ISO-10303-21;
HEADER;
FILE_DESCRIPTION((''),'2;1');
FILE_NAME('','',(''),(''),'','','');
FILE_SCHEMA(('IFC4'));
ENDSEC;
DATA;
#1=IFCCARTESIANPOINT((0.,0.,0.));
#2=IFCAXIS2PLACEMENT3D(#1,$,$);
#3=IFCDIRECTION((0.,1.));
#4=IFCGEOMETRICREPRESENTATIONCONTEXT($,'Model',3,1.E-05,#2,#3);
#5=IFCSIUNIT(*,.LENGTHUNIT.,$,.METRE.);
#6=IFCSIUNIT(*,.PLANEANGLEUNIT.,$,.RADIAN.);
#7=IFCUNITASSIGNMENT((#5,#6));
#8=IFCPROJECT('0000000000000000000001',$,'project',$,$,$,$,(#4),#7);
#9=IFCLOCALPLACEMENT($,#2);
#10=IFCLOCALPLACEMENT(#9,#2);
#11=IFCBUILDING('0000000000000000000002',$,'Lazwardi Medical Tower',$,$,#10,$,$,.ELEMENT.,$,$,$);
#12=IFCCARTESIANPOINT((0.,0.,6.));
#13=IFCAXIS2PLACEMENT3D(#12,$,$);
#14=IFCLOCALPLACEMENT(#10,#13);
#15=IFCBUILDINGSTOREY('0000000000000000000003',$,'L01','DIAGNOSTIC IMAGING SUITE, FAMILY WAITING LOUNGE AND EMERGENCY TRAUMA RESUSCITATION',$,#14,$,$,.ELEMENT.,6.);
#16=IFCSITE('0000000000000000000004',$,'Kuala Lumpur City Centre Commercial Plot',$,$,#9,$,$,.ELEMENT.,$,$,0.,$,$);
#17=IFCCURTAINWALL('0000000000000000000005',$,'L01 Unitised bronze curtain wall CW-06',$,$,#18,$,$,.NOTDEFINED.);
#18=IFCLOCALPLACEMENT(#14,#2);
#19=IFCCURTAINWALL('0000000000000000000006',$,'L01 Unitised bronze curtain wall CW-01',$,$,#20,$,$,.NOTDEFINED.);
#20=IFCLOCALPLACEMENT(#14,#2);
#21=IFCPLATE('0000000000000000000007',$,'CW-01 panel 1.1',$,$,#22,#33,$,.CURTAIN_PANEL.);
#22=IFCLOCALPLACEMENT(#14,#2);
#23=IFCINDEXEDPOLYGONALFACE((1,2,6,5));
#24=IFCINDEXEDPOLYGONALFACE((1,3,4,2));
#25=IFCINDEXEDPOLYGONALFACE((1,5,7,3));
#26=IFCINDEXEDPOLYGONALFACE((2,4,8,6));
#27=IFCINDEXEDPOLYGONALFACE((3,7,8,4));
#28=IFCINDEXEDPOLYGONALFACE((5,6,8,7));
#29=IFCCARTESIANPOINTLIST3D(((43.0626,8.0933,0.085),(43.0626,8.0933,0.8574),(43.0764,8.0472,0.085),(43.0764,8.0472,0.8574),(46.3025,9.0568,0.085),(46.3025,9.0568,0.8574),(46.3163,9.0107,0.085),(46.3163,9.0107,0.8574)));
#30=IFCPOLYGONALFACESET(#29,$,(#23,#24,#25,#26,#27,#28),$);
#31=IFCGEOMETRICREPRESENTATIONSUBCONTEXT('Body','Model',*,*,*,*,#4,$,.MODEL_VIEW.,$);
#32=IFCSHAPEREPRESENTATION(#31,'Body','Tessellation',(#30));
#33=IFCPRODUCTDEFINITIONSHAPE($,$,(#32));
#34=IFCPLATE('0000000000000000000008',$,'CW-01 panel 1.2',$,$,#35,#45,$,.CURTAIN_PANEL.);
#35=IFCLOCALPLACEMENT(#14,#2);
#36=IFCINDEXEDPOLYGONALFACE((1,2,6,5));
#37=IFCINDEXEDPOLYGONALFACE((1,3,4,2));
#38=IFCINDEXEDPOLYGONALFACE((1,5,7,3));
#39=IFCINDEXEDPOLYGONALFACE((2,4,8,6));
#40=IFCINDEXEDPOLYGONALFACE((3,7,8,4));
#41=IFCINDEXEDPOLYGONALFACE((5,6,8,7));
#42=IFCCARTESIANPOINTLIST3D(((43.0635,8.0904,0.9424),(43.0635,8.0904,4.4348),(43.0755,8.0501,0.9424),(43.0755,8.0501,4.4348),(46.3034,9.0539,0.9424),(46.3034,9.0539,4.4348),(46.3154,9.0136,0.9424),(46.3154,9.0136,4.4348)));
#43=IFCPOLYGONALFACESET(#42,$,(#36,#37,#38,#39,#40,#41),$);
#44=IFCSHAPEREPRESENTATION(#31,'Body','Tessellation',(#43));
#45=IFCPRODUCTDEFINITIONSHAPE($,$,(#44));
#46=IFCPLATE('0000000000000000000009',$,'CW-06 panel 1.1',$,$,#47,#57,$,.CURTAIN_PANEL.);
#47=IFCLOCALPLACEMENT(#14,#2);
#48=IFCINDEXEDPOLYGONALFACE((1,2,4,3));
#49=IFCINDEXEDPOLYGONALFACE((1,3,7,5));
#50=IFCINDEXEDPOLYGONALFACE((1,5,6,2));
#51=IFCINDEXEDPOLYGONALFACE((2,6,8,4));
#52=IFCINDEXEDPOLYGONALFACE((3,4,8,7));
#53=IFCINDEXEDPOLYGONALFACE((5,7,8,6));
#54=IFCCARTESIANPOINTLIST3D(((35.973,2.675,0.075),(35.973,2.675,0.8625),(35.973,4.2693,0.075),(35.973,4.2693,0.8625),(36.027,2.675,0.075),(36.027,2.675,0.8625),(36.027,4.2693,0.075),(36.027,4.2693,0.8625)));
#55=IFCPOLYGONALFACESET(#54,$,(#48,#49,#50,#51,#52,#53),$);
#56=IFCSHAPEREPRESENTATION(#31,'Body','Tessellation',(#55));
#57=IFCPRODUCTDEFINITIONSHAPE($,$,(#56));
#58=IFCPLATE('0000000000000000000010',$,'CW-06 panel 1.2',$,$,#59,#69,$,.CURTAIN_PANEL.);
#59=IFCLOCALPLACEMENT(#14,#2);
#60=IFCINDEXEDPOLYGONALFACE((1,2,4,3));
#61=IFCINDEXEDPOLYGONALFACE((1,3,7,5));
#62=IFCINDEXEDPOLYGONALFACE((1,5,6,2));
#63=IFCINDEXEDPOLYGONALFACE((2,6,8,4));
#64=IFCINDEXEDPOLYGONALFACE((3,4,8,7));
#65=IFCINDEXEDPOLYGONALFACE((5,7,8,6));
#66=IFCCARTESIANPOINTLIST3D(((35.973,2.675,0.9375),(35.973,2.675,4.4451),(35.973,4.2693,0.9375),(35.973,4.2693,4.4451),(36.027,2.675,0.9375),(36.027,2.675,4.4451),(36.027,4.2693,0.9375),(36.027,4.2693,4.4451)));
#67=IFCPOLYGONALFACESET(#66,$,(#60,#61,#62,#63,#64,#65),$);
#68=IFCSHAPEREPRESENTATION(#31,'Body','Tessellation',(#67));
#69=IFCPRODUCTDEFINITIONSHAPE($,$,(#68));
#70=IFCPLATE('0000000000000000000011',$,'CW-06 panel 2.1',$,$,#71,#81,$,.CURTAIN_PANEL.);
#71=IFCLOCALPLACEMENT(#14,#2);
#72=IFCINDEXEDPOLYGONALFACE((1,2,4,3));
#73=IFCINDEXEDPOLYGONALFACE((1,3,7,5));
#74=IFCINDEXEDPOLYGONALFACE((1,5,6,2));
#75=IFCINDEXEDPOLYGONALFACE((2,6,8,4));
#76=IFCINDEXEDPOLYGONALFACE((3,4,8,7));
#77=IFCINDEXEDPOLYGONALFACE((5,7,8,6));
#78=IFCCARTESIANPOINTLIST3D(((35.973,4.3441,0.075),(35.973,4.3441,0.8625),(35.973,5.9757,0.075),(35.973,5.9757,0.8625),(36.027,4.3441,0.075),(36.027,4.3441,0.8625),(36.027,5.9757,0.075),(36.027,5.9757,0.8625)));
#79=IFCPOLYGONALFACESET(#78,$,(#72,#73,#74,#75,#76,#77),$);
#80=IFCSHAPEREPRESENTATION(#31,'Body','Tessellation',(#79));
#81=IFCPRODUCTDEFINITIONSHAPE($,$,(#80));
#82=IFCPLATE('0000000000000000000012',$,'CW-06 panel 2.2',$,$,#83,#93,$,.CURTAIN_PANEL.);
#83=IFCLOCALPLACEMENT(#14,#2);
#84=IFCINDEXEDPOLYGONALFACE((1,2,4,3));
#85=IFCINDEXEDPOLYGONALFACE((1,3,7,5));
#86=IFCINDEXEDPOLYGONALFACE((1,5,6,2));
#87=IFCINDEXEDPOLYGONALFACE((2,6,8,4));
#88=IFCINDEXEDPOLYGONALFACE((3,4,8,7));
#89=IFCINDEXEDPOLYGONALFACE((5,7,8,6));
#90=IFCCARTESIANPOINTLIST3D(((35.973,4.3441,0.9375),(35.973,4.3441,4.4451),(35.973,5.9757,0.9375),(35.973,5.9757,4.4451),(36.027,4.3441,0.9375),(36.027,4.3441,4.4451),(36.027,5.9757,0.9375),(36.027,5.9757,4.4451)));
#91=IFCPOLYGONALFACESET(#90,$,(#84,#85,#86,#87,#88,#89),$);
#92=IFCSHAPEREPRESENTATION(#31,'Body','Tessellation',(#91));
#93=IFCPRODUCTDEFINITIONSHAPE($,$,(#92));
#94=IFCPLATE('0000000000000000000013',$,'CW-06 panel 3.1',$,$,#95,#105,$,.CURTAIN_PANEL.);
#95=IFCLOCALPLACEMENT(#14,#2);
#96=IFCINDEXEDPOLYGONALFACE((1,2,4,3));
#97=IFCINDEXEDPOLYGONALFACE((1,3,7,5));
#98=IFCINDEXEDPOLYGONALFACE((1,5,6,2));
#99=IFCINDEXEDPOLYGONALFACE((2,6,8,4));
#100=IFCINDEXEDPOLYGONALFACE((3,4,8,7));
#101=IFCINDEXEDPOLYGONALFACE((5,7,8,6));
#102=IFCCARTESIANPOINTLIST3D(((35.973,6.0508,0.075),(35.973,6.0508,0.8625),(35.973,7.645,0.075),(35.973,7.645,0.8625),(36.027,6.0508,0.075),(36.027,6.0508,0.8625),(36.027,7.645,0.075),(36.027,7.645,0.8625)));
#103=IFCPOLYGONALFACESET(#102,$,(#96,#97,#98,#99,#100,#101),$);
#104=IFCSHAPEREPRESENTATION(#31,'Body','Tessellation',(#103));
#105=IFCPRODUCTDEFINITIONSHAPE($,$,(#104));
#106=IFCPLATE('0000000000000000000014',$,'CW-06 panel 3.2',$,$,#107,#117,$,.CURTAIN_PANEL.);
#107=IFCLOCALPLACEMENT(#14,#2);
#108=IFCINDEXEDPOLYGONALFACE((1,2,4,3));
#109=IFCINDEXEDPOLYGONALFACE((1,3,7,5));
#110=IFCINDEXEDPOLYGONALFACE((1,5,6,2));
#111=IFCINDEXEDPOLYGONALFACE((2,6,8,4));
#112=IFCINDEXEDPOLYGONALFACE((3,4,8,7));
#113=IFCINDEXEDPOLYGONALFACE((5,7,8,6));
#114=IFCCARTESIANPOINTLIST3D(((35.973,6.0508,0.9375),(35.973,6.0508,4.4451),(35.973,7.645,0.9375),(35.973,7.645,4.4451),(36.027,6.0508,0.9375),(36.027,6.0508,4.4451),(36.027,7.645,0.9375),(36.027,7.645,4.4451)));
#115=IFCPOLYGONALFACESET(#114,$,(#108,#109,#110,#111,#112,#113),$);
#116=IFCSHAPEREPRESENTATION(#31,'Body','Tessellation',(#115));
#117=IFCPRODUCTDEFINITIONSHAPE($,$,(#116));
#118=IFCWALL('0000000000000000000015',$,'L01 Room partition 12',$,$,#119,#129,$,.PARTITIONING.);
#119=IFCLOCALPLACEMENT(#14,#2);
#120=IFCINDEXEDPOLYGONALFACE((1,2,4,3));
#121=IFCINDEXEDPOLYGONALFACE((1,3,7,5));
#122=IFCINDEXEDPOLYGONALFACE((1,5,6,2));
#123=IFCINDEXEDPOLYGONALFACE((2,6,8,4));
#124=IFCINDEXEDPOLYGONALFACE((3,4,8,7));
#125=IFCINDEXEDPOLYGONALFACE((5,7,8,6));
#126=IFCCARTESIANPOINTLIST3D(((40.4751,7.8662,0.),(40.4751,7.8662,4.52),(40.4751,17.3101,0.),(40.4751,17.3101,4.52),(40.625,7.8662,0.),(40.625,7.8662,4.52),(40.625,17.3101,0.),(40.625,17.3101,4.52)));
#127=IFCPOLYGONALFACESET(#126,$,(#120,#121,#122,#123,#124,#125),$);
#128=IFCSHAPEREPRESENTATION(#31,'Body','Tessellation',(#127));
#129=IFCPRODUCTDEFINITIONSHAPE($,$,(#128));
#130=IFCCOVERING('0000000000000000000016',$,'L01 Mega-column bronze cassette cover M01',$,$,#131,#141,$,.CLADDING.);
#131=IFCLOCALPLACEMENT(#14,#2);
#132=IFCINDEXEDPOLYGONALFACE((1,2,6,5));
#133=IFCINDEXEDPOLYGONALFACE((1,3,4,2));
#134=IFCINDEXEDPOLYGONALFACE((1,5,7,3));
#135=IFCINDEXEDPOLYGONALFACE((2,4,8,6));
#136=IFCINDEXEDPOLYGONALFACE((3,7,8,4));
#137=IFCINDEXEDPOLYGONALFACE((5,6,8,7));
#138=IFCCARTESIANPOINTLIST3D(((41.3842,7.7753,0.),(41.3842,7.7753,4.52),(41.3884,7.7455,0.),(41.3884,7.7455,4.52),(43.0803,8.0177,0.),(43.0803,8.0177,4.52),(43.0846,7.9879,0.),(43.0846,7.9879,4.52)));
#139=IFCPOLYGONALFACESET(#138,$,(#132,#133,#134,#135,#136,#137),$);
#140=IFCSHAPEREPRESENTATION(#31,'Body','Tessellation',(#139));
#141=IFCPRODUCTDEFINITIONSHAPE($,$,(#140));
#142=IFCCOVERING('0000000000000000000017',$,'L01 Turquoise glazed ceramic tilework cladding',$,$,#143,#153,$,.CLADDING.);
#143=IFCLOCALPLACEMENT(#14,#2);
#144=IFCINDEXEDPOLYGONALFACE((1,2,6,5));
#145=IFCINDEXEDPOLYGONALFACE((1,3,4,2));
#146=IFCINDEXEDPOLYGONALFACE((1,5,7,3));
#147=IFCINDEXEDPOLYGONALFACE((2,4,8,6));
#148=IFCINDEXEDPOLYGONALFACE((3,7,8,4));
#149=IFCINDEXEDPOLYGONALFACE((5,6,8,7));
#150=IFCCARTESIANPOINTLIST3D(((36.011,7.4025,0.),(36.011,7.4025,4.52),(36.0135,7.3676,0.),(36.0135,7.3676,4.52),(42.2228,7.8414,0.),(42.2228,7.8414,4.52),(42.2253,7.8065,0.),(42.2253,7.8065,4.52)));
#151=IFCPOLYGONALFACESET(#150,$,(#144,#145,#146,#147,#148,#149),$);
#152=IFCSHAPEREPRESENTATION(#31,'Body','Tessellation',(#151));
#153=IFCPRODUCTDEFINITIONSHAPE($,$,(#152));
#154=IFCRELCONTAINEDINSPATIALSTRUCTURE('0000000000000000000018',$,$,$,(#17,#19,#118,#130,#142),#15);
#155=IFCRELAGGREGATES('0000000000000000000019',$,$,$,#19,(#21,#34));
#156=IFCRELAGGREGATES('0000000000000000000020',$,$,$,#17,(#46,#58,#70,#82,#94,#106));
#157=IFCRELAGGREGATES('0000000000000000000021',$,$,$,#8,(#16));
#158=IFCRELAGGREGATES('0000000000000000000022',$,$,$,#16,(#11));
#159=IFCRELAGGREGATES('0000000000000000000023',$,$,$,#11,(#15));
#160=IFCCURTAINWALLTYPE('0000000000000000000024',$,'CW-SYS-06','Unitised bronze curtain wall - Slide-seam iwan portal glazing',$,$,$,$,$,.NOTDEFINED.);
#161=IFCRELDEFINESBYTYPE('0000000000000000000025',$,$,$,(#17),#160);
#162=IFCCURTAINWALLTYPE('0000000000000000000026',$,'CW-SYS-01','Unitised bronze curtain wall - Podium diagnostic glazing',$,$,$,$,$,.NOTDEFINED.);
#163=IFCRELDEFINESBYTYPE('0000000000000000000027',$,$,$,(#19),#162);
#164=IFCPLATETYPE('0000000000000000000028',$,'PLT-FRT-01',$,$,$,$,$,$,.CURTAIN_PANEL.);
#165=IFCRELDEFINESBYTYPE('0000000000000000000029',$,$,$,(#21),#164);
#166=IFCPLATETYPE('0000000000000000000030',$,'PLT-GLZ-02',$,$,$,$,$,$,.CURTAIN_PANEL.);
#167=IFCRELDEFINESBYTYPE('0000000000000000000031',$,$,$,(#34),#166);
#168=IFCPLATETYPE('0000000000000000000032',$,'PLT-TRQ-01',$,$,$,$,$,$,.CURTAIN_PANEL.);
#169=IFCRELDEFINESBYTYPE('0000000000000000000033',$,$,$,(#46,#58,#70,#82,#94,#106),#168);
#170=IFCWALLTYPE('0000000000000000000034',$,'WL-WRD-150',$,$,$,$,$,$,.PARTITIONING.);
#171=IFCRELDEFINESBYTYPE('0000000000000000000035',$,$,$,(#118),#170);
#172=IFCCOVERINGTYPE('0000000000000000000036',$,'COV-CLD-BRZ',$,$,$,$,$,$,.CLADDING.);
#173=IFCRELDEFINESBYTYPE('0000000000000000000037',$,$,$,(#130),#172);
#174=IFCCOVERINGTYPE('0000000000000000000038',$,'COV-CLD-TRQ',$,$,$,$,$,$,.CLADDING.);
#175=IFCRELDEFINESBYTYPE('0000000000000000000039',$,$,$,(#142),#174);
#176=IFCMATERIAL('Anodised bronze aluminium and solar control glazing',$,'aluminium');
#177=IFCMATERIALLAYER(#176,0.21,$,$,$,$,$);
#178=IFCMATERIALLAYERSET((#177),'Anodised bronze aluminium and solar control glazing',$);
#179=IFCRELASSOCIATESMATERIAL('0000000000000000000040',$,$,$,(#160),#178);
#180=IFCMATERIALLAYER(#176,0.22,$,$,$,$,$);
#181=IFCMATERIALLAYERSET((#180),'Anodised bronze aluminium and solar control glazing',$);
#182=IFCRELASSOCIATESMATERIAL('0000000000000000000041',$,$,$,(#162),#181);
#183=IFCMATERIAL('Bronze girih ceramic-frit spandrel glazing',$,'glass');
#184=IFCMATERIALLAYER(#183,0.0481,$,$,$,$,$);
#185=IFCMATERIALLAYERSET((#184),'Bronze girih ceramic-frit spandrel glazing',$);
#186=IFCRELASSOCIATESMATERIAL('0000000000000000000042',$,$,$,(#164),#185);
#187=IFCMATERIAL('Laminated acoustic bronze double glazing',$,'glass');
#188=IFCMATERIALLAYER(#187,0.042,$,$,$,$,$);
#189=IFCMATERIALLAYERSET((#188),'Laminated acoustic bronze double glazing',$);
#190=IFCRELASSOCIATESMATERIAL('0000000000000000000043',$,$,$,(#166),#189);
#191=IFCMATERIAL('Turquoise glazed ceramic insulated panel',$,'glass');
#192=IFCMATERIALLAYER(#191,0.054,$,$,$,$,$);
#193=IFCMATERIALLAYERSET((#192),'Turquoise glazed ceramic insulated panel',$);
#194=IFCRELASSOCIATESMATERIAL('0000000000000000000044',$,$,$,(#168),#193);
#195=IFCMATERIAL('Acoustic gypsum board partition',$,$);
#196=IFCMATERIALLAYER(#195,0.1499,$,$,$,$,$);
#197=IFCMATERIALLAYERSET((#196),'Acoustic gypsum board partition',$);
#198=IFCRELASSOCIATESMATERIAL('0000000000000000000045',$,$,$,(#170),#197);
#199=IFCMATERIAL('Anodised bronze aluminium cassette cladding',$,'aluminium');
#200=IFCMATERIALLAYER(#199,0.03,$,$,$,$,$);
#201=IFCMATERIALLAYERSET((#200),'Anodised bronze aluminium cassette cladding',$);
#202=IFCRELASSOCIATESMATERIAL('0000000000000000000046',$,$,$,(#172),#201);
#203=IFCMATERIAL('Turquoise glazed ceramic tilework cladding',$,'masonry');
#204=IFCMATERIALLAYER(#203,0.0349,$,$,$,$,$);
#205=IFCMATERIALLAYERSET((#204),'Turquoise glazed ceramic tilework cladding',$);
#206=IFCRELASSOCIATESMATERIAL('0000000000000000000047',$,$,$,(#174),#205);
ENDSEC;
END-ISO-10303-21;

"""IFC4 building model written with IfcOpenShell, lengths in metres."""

from ifc_helpers import new_model, si_unit, direction, frame, frame_2d, origin, origin_2d, place, context, subcontext, project, spatial, rectangle, extrude, material, layer, layer_set, type_object, element, aggregate, save


model = new_model("IFC4")

# Units and contexts
model_context = context("Model", 3, precision=1e-05, world=origin(), true_north=direction((0.0, 1.0)))
body_context = subcontext(model_context, "Body", "Model", "MODEL_VIEW")
ifc_project = project(units=[si_unit("LENGTHUNIT", "METRE"), si_unit("PLANEANGLEUNIT", "RADIAN")], contexts=[model_context])

# Site, building, storey
site_placement = place(None, origin())
site = spatial("IfcSite", under=ifc_project, at=site_placement, Name="Kuala Lumpur City Centre Commercial Plot", CompositionType="ELEMENT", RefElevation=0.0)
building_placement = place(site_placement, origin())
building = spatial("IfcBuilding", under=site, at=building_placement, Name="Lazwardi Medical Tower", CompositionType="ELEMENT")
storey_placement = place(building_placement, frame((0.0, 0.0, 6.0)))
storey = spatial("IfcBuildingStorey", under=building, at=storey_placement, Name="L01", Description="DIAGNOSTIC IMAGING SUITE, FAMILY WAITING LOUNGE AND EMERGENCY TRAUMA RESUSCITATION", CompositionType="ELEMENT", Elevation=6.0)

# Curtain wall
ifc_material_1 = material(Name="Anodised bronze aluminium and solar control glazing", Category="aluminium")
ifc_layer_1 = layer(ifc_material_1, 0.21)
ifc_layer_set_1 = layer_set([ifc_layer_1], Name="Anodised bronze aluminium and solar control glazing")
curtain_wall_type_1 = type_object("IfcCurtainWallType", Name="CW-SYS-06", Description="Unitised bronze curtain wall - Slide-seam iwan portal glazing", PredefinedType="NOTDEFINED", material=ifc_layer_set_1)
curtain_wall_1_placement = place(storey_placement, origin())
curtain_wall_1 = element("IfcCurtainWall", 1, at=curtain_wall_1_placement, inside=storey, type_object=curtain_wall_type_1, Name="L01 Unitised bronze curtain wall CW-06", PredefinedType="NOTDEFINED")

# Curtain wall
ifc_layer_2 = layer(ifc_material_1, 0.22)
ifc_layer_set_2 = layer_set([ifc_layer_2], Name="Anodised bronze aluminium and solar control glazing")
curtain_wall_type_2 = type_object("IfcCurtainWallType", Name="CW-SYS-01", Description="Unitised bronze curtain wall - Podium diagnostic glazing", PredefinedType="NOTDEFINED", material=ifc_layer_set_2)
curtain_wall_2_placement = place(storey_placement, origin())
curtain_wall_2 = element("IfcCurtainWall", 2, at=curtain_wall_2_placement, inside=storey, type_object=curtain_wall_type_2, Name="L01 Unitised bronze curtain wall CW-01", PredefinedType="NOTDEFINED")

# Plates
ifc_material_2 = material(Name="Bronze girih ceramic-frit spandrel glazing", Category="glass")
ifc_layer_3 = layer(ifc_material_2, 0.0481)
ifc_layer_set_3 = layer_set([ifc_layer_3], Name="Bronze girih ceramic-frit spandrel glazing")
plate_type_1 = type_object("IfcPlateType", Name="PLT-FRT-01", PredefinedType="CURTAIN_PANEL", material=ifc_layer_set_3)
plate_1_placement = place(storey_placement, frame((44.6895, 8.552, 0.085), z_axis=(0.0, 0.0, 1.0), x_axis=(0.958513, 0.285047, 0.0)))
plate_1 = element("IfcPlate", 3, at=plate_1_placement, type_object=plate_type_1, Name="CW-01 panel 1.1", PredefinedType="CURTAIN_PANEL", context=body_context, shape_type="SweptSolid", body=[
    extrude(rectangle(XDim=3.3801, YDim=0.0481, at=origin_2d()), origin(), (0.0, 0.0, 1.0), 0.7725),
])
ifc_material_3 = material(Name="Laminated acoustic bronze double glazing", Category="glass")
ifc_layer_4 = layer(ifc_material_3, 0.042)
ifc_layer_set_4 = layer_set([ifc_layer_4], Name="Laminated acoustic bronze double glazing")
plate_type_2 = type_object("IfcPlateType", Name="PLT-GLZ-02", PredefinedType="CURTAIN_PANEL", material=ifc_layer_set_4)
plate_2_placement = place(storey_placement, frame((44.6895, 8.552, 0.9424), z_axis=(0.0, 0.0, 1.0), x_axis=(0.958513, 0.285047, 0.0)))
plate_2 = element("IfcPlate", 4, at=plate_2_placement, type_object=plate_type_2, Name="CW-01 panel 1.2", PredefinedType="CURTAIN_PANEL", context=body_context, shape_type="SweptSolid", body=[
    extrude(rectangle(XDim=3.3801, YDim=0.042, at=origin_2d()), origin(), (0.0, 0.0, 1.0), 3.4924),
])
aggregate(curtain_wall_2, [plate_1, plate_2])
ifc_material_4 = material(Name="Turquoise glazed ceramic insulated panel", Category="glass")
ifc_layer_5 = layer(ifc_material_4, 0.054)
ifc_layer_set_5 = layer_set([ifc_layer_5], Name="Turquoise glazed ceramic insulated panel")
plate_type_3 = type_object("IfcPlateType", Name="PLT-TRQ-01", PredefinedType="CURTAIN_PANEL", material=ifc_layer_set_5)
plate_3_placement = place(storey_placement, frame((36.0, 3.4722, 0.075), z_axis=(0.0, 0.0, 1.0), x_axis=(0.0, 1.0, 0.0)))
plate_3 = element("IfcPlate", 5, at=plate_3_placement, type_object=plate_type_3, Name="CW-06 panel 1.1", PredefinedType="CURTAIN_PANEL", context=body_context, shape_type="SweptSolid", body=[
    extrude(rectangle(XDim=1.5942, YDim=0.054, at=origin_2d()), origin(), (0.0, 0.0, 1.0), 0.7876),
])
plate_4_placement = place(storey_placement, frame((36.0, 3.4722, 0.9375), z_axis=(0.0, 0.0, 1.0), x_axis=(0.0, 1.0, 0.0)))
plate_4 = element("IfcPlate", 6, at=plate_4_placement, type_object=plate_type_3, Name="CW-06 panel 1.2", PredefinedType="CURTAIN_PANEL", context=body_context, shape_type="SweptSolid", body=[
    extrude(rectangle(XDim=1.5942, YDim=0.054, at=origin_2d()), origin(), (0.0, 0.0, 1.0), 3.5076),
])
plate_5_placement = place(storey_placement, frame((36.0, 5.1599, 0.075), z_axis=(0.0, 0.0, 1.0), x_axis=(0.0, 1.0, 0.0)))
plate_5 = element("IfcPlate", 7, at=plate_5_placement, type_object=plate_type_3, Name="CW-06 panel 2.1", PredefinedType="CURTAIN_PANEL", context=body_context, shape_type="SweptSolid", body=[
    extrude(rectangle(XDim=1.6316, YDim=0.054, at=origin_2d()), origin(), (0.0, 0.0, 1.0), 0.7876),
])
plate_6_placement = place(storey_placement, frame((36.0, 5.1599, 0.9375), z_axis=(0.0, 0.0, 1.0), x_axis=(0.0, 1.0, 0.0)))
plate_6 = element("IfcPlate", 8, at=plate_6_placement, type_object=plate_type_3, Name="CW-06 panel 2.2", PredefinedType="CURTAIN_PANEL", context=body_context, shape_type="SweptSolid", body=[
    extrude(rectangle(XDim=1.6316, YDim=0.054, at=origin_2d()), origin(), (0.0, 0.0, 1.0), 3.5076),
])
plate_7_placement = place(storey_placement, frame((36.0, 6.8479, 0.075), z_axis=(0.0, 0.0, 1.0), x_axis=(0.0, 1.0, 0.0)))
plate_7 = element("IfcPlate", 9, at=plate_7_placement, type_object=plate_type_3, Name="CW-06 panel 3.1", PredefinedType="CURTAIN_PANEL", context=body_context, shape_type="SweptSolid", body=[
    extrude(rectangle(XDim=1.5942, YDim=0.054, at=origin_2d()), origin(), (0.0, 0.0, 1.0), 0.7876),
])
plate_8_placement = place(storey_placement, frame((36.0, 6.8479, 0.9375), z_axis=(0.0, 0.0, 1.0), x_axis=(0.0, 1.0, 0.0)))
plate_8 = element("IfcPlate", 10, at=plate_8_placement, type_object=plate_type_3, Name="CW-06 panel 3.2", PredefinedType="CURTAIN_PANEL", context=body_context, shape_type="SweptSolid", body=[
    extrude(rectangle(XDim=1.5942, YDim=0.054, at=origin_2d()), origin(), (0.0, 0.0, 1.0), 3.5076),
])
aggregate(curtain_wall_1, [plate_3, plate_4, plate_5, plate_6, plate_7, plate_8])

# Wall
ifc_material_5 = material(Name="Acoustic gypsum board partition")
ifc_layer_6 = layer(ifc_material_5, 0.1499)
ifc_layer_set_6 = layer_set([ifc_layer_6], Name="Acoustic gypsum board partition")
wall_type = type_object("IfcWallType", Name="WL-WRD-150", PredefinedType="PARTITIONING", material=ifc_layer_set_6)
wall_placement = place(storey_placement, frame((40.55, 7.8662, 0.0), z_axis=(0.0, 0.0, 1.0), x_axis=(0.0, 1.0, 0.0)))
element("IfcWall", 11, at=wall_placement, inside=storey, type_object=wall_type, Name="L01 Room partition 12", PredefinedType="PARTITIONING", context=body_context, shape_type="SweptSolid", body=[
    extrude(rectangle(XDim=9.4438, YDim=0.1499, at=frame_2d((4.7219, 0.0))), origin(), (0.0, 0.0, 1.0), 4.52),
])

# Coverings
ifc_material_6 = material(Name="Anodised bronze aluminium cassette cladding", Category="aluminium")
ifc_layer_7 = layer(ifc_material_6, 0.03)
ifc_layer_set_7 = layer_set([ifc_layer_7], Name="Anodised bronze aluminium cassette cladding")
covering_type_1 = type_object("IfcCoveringType", Name="COV-CLD-BRZ", PredefinedType="CLADDING", material=ifc_layer_set_7)
covering_1_placement = place(storey_placement, frame((42.2344, 7.8816, 0.0), z_axis=(0.0, 0.0, 1.0), x_axis=(0.989943, 0.14147, 0.0)))
element("IfcCovering", 12, at=covering_1_placement, inside=storey, type_object=covering_type_1, Name="L01 Mega-column bronze cassette cover M01", PredefinedType="CLADDING", context=body_context, shape_type="SweptSolid", body=[
    extrude(rectangle(XDim=1.7134, YDim=0.03, at=origin_2d()), origin(), (0.0, 0.0, 1.0), 4.52),
])
ifc_material_7 = material(Name="Turquoise glazed ceramic tilework cladding", Category="masonry")
ifc_layer_8 = layer(ifc_material_7, 0.0349)
ifc_layer_set_8 = layer_set([ifc_layer_8], Name="Turquoise glazed ceramic tilework cladding")
covering_type_2 = type_object("IfcCoveringType", Name="COV-CLD-TRQ", PredefinedType="CLADDING", material=ifc_layer_set_8)
covering_2_placement = place(storey_placement, frame((39.1182, 7.6045, 0.0), z_axis=(0.0, 0.0, 1.0), x_axis=(0.997513, 0.070481, 0.0)))
element("IfcCovering", 13, at=covering_2_placement, inside=storey, type_object=covering_type_2, Name="L01 Turquoise glazed ceramic tilework cladding", PredefinedType="CLADDING", context=body_context, shape_type="SweptSolid", body=[
    extrude(rectangle(XDim=6.2273, YDim=0.0349, at=origin_2d()), origin(), (0.0, 0.0, 1.0), 4.52),
])

save(model, "model.ifc")
